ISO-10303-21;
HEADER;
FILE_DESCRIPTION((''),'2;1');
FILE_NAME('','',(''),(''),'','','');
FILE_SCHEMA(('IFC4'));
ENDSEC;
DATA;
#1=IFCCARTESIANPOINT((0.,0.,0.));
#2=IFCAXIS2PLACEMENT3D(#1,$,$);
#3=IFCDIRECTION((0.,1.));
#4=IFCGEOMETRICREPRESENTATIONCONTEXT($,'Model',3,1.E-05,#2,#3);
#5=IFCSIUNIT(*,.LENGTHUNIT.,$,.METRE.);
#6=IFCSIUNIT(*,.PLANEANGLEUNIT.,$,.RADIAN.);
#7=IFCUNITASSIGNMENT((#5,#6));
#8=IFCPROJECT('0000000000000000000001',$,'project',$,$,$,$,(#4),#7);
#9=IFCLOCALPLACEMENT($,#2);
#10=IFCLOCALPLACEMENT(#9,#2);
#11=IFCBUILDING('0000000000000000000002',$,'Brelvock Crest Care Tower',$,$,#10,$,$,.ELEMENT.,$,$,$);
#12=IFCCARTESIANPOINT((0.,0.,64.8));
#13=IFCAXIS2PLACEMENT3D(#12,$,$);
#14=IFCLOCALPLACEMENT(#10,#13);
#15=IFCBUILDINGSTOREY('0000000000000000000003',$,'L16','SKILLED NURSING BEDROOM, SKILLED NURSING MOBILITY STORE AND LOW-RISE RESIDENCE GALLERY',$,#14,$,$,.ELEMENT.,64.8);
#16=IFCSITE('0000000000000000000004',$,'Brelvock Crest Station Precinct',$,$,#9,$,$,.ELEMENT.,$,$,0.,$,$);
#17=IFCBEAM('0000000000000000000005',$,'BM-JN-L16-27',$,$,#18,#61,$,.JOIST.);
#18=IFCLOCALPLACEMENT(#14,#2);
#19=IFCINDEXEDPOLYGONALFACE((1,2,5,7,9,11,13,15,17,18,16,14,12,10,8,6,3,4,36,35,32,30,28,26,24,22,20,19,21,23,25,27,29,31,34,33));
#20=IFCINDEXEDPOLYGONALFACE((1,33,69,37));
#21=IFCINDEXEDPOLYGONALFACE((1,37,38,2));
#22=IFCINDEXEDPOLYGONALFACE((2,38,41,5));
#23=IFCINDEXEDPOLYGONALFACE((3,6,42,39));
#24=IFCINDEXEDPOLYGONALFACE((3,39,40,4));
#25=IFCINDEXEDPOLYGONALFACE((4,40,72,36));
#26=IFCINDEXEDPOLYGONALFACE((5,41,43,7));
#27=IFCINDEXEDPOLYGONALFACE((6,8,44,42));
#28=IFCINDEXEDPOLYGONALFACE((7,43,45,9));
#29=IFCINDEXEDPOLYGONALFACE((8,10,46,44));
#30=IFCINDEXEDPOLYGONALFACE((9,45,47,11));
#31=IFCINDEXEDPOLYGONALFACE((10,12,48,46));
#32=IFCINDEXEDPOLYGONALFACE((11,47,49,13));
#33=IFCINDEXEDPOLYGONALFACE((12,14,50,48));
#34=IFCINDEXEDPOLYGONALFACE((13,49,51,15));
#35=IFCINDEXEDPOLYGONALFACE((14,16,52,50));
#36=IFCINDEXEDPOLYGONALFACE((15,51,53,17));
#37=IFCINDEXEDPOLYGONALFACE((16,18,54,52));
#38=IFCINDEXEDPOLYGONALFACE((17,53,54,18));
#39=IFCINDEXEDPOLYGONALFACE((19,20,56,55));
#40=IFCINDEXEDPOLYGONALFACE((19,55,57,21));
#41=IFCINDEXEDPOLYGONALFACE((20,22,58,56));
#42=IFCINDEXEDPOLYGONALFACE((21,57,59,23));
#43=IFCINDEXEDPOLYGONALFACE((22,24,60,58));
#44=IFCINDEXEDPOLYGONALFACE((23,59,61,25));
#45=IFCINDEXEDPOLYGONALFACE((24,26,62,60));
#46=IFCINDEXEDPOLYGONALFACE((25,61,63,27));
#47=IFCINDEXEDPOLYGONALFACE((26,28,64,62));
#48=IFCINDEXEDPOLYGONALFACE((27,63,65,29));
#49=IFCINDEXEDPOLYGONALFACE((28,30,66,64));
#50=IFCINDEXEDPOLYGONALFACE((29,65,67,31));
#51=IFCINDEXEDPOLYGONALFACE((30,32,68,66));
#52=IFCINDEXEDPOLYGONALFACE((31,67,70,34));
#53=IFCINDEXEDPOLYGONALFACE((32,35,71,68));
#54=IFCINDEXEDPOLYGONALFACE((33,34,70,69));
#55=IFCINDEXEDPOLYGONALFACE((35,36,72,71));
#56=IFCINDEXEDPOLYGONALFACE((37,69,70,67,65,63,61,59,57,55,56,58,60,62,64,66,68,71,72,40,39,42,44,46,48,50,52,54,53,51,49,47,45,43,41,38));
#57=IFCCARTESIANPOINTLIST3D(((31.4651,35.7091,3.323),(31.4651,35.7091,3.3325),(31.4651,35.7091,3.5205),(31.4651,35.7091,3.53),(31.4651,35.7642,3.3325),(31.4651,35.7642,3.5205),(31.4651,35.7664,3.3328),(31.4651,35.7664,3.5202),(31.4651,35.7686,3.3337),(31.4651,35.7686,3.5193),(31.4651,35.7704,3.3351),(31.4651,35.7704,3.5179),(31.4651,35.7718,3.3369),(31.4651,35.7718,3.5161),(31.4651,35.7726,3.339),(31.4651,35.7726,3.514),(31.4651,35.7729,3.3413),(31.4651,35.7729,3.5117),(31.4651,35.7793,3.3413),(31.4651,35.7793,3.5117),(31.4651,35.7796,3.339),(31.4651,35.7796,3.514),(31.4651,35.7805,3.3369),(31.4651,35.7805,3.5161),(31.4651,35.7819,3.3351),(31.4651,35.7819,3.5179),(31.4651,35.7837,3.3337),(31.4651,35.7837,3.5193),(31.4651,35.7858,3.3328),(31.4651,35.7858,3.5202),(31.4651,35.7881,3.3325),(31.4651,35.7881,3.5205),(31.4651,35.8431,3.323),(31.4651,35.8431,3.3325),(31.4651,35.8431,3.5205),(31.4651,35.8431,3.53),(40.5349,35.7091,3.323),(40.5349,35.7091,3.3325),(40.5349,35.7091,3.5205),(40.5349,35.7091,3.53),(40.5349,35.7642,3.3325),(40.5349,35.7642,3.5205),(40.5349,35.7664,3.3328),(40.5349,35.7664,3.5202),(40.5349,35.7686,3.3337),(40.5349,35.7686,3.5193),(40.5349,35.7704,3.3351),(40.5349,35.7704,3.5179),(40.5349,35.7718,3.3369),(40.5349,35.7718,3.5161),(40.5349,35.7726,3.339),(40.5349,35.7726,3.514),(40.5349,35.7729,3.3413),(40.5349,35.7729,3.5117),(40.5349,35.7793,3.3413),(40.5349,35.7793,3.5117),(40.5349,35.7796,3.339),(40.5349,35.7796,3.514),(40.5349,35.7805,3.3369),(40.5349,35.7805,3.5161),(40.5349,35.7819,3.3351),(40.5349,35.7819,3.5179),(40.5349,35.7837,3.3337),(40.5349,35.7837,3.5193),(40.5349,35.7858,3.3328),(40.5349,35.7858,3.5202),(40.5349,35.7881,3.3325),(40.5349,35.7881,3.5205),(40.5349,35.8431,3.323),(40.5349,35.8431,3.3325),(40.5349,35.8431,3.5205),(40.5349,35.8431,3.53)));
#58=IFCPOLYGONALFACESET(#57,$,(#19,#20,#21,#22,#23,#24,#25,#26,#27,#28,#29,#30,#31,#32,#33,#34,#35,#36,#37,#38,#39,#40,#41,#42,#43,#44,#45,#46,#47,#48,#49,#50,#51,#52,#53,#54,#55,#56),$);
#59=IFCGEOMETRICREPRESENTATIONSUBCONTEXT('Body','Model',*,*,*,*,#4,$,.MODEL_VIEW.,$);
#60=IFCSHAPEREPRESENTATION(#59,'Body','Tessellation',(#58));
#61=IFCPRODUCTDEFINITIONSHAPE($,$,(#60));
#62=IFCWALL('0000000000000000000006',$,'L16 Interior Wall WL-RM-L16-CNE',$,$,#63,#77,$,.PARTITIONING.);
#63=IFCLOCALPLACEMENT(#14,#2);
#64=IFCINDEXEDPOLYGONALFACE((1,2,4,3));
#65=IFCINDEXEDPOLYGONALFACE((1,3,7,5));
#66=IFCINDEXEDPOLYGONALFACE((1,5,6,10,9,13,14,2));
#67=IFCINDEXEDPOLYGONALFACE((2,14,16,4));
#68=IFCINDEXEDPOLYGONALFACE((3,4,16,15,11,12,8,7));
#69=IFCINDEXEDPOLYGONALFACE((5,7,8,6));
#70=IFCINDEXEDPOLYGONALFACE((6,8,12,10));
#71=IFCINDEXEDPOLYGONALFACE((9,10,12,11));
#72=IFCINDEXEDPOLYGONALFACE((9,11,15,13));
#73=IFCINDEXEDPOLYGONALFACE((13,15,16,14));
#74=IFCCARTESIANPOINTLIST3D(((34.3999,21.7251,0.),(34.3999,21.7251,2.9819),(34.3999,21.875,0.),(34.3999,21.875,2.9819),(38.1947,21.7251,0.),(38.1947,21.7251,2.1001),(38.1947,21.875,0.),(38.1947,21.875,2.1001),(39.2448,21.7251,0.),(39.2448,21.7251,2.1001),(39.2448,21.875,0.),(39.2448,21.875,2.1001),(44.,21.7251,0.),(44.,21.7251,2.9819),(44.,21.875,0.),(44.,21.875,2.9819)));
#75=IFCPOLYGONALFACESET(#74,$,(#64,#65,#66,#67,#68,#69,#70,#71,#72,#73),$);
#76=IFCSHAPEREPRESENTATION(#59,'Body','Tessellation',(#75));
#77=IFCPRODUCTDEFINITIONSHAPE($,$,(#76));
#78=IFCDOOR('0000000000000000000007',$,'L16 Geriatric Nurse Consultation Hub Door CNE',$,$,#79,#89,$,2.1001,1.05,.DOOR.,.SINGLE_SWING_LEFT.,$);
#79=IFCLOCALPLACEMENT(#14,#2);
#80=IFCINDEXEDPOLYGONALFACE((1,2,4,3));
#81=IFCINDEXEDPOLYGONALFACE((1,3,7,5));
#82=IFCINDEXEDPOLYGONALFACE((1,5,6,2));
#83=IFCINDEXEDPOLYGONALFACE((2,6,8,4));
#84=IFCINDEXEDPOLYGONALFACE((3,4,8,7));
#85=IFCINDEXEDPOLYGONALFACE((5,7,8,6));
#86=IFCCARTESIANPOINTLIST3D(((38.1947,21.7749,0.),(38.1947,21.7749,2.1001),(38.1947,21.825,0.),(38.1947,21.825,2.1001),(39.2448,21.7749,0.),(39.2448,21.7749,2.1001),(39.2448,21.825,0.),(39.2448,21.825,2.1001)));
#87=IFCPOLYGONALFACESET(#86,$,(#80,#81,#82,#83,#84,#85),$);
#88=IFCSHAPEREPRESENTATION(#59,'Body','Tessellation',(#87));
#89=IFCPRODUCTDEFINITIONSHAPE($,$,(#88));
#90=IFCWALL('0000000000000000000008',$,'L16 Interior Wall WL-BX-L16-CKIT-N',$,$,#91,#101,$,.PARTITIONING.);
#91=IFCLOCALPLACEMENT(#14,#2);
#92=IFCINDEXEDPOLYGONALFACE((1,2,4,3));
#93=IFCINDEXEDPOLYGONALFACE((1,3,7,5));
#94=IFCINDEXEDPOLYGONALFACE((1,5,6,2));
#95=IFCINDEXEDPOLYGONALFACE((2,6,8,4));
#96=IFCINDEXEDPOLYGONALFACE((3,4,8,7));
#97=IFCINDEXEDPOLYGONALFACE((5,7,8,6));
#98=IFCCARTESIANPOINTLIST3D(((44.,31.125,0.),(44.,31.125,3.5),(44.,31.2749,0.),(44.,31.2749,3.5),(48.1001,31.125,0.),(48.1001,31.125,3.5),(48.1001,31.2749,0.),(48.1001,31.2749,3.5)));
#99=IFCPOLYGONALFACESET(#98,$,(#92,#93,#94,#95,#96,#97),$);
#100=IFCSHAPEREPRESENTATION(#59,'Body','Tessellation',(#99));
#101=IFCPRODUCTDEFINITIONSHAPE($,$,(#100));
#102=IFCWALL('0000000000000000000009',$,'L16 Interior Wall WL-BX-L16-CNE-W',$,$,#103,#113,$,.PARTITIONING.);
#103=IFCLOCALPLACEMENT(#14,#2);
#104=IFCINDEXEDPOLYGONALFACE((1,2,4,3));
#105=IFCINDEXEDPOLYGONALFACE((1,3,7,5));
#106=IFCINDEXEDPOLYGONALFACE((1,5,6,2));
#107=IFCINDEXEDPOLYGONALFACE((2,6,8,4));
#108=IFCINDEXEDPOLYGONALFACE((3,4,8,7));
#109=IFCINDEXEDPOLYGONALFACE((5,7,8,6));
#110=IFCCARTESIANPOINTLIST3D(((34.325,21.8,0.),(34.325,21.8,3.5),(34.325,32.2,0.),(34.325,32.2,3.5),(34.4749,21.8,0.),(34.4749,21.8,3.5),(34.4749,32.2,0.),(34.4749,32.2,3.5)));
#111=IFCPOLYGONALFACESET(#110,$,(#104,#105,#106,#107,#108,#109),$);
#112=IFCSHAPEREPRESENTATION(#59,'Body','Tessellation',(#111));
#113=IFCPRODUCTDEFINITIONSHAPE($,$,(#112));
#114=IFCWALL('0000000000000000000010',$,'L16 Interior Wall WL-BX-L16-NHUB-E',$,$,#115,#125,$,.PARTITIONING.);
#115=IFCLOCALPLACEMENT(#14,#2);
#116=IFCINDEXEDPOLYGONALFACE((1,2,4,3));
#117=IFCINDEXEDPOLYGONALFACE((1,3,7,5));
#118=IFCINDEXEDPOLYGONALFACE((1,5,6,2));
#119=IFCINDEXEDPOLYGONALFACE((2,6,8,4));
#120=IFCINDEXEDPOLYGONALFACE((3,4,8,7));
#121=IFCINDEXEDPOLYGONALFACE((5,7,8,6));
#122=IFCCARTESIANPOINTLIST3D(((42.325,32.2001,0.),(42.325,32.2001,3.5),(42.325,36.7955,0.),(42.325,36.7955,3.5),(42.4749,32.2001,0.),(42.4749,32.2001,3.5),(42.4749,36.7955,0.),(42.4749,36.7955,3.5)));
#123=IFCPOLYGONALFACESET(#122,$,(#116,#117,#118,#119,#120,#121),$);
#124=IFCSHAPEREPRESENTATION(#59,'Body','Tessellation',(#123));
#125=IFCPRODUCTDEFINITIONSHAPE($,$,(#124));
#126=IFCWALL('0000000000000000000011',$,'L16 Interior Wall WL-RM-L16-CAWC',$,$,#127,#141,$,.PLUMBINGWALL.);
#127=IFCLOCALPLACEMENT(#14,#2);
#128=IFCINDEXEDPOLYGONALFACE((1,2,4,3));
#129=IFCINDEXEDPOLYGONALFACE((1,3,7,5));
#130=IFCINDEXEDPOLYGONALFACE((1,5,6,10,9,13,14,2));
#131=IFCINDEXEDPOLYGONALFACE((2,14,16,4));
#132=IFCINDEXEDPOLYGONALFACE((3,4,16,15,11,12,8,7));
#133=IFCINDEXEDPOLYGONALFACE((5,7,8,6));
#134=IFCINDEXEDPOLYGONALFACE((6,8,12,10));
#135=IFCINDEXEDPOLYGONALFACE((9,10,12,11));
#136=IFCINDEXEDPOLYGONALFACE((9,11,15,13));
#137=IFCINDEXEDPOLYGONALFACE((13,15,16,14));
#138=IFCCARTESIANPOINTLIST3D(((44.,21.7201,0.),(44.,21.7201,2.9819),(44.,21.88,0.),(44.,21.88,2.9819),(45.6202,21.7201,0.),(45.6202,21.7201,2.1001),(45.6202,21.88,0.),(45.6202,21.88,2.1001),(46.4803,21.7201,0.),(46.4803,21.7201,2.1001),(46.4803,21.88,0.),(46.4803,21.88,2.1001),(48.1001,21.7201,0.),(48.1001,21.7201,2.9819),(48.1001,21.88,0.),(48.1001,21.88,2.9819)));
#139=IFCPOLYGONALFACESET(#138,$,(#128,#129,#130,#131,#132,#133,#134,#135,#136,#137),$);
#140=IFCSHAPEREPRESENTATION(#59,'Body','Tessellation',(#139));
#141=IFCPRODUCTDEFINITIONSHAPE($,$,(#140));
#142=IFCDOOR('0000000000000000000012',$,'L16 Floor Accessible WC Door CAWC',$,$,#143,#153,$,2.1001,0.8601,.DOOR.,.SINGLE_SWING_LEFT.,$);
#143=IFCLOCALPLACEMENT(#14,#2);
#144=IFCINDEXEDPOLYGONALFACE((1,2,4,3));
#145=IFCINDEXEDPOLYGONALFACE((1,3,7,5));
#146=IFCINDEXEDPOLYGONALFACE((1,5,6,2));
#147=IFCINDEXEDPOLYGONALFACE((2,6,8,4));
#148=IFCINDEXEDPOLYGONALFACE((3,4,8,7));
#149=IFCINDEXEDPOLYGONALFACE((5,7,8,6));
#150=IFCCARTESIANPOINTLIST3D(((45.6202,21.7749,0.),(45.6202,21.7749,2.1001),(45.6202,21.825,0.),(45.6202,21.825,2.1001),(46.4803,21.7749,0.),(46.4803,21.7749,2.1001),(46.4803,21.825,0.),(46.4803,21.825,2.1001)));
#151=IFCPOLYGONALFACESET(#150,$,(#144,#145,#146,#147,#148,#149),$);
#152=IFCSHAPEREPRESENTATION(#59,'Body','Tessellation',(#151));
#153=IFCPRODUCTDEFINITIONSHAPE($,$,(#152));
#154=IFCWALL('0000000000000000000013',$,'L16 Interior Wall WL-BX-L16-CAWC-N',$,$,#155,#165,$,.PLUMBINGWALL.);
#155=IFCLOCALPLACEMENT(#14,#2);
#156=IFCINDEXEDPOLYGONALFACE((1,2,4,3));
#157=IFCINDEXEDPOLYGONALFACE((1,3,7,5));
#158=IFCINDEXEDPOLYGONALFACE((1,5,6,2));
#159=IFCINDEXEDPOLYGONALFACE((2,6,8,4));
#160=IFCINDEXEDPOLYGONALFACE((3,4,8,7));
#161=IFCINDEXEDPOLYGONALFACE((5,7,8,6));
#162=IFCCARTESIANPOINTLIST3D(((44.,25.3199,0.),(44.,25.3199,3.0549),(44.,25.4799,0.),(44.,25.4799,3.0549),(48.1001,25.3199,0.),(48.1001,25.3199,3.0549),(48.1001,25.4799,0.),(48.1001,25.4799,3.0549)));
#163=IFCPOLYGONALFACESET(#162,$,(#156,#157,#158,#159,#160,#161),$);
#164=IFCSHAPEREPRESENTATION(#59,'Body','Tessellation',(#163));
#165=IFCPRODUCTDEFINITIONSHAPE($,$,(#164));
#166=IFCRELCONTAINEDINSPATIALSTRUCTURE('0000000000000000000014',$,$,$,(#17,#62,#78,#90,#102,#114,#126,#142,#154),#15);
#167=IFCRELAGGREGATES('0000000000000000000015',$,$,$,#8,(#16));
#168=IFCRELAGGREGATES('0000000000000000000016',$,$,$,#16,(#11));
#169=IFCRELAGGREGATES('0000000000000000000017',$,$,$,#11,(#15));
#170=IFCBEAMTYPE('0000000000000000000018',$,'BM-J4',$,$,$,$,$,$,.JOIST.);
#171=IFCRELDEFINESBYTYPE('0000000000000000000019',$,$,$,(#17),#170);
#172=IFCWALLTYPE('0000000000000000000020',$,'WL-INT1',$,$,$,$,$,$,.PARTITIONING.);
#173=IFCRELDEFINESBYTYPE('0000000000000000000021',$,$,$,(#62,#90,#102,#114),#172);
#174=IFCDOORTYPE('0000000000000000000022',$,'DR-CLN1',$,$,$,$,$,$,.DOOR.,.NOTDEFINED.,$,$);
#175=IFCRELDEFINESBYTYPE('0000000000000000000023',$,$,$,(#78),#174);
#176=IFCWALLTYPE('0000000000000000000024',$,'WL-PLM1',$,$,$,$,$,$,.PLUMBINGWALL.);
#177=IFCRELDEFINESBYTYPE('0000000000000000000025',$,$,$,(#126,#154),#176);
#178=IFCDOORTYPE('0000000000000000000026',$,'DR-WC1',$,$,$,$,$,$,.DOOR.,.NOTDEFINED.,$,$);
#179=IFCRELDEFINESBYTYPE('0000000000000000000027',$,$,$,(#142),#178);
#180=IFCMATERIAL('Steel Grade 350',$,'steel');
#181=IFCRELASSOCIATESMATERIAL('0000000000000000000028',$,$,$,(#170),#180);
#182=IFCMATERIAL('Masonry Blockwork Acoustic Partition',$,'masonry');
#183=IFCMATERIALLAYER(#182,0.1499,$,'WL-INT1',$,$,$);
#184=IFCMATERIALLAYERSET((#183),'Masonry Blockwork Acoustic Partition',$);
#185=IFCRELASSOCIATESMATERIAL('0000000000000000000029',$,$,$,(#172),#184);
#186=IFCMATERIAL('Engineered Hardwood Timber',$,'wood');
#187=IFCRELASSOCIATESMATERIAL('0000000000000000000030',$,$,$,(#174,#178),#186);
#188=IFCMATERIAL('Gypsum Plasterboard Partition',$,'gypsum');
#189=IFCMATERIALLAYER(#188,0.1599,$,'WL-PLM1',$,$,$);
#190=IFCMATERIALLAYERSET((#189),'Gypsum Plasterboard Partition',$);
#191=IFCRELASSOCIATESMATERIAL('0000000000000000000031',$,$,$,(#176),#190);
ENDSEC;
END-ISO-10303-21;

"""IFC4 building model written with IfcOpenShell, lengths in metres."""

from ifc_helpers import new_model, si_unit, direction, frame, frame_2d, origin, origin_2d, place, context, subcontext, project, spatial, rectangle, i_section, extrude, source, transform, mapped, material, layer, layer_set, material_profile, profile_set, type_object, element, fill, save


model = new_model("IFC4")

# Units and contexts
model_context = context("Model", 3, precision=1e-05, world=origin(), true_north=direction((0.0, 1.0)))
body_context = subcontext(model_context, "Body", "Model", "MODEL_VIEW")
ifc_project = project(units=[si_unit("LENGTHUNIT", "METRE"), si_unit("PLANEANGLEUNIT", "RADIAN")], contexts=[model_context])

# Site, building, storey
site_placement = place(None, origin())
site = spatial("IfcSite", under=ifc_project, at=site_placement, Name="Brelvock Crest Station Precinct", CompositionType="ELEMENT", RefElevation=0.0)
building_placement = place(site_placement, origin())
building = spatial("IfcBuilding", under=site, at=building_placement, Name="Brelvock Crest Care Tower", CompositionType="ELEMENT")
storey_placement = place(building_placement, frame((0.0, 0.0, 64.8)))
storey = spatial("IfcBuildingStorey", under=building, at=storey_placement, Name="L16", Description="SKILLED NURSING BEDROOM, SKILLED NURSING MOBILITY STORE AND LOW-RISE RESIDENCE GALLERY", CompositionType="ELEMENT", Elevation=64.8)

# Beam
ifc_material_1 = material(Name="Steel Grade 350", Category="steel")
ifc_material_profile_1 = material_profile(ifc_material_1, i_section(OverallWidth=0.134, OverallDepth=0.207, WebThickness=0.0063, FlangeThickness=0.0095, FilletRadius=0.0088, at=origin_2d()), Name="200UB29.8")
ifc_profile_set_1 = profile_set([ifc_material_profile_1], Name="Steel Grade 350")
beam_type_1 = type_object("IfcBeamType", Name="BM-J4", PredefinedType="JOIST", material=ifc_profile_set_1)
shared_shape_1 = source(origin(), body_context, "Body", "SweptSolid", [
    extrude(i_section(OverallWidth=0.134, OverallDepth=0.207, WebThickness=0.0063, FlangeThickness=0.0095, FilletRadius=0.0088, at=origin_2d()), origin(), (0.0, 0.0, 1.0), 9.0698),
])
for number, where, z_axis, x_axis, name in (
    (1, (31.4651, 35.7761, 3.4265), (1.0, 0.0, 0.0), (0.0, 1.0, 0.0), "BM-JN-L16-27"),
):
    element("IfcBeam", number, at=place(storey_placement, frame(where, z_axis=z_axis, x_axis=x_axis)), inside=storey, type_object=beam_type_1, Name=name, PredefinedType="JOIST", context=body_context, shape_type="MappedRepresentation", body=[
        mapped(shared_shape_1, transform((0.0, 0.0, 0.0), x_axis=(1.0, 0.0, 0.0), y_axis=(0.0, 1.0, 0.0), z_axis=(0.0, 0.0, 1.0), scale=1.0)),
    ])

# Wall, opening, door
ifc_material_2 = material(Name="Masonry Blockwork Acoustic Partition", Category="masonry")
ifc_layer_1 = layer(ifc_material_2, 0.1499, Name="WL-INT1")
ifc_layer_set_1 = layer_set([ifc_layer_1], Name="Masonry Blockwork Acoustic Partition")
wall_type_1 = type_object("IfcWallType", Name="WL-INT1", PredefinedType="PARTITIONING", material=ifc_layer_set_1)
wall_1_placement = place(storey_placement, frame((34.3999, 21.8, 0.0), z_axis=(0.0, 0.0, 1.0), x_axis=(1.0, 0.0, 0.0)))
wall_1 = element("IfcWall", 2, at=wall_1_placement, inside=storey, type_object=wall_type_1, Name="L16 Interior Wall WL-RM-L16-CNE", PredefinedType="PARTITIONING", context=body_context, shape_type="SweptSolid", body=[
    extrude(rectangle(XDim=9.6001, YDim=0.1499, at=frame_2d((4.8, 0.0))), origin(), (0.0, 0.0, 1.0), 2.9819),
])
opening_1_placement = place(wall_1_placement, frame((3.7949, 0.0, 0.0)))
opening_1 = element("IfcOpeningElement", 3, at=opening_1_placement, cuts=wall_1, PredefinedType="OPENING", context=body_context, shape_type="SweptSolid", body=[
    extrude(rectangle(XDim=1.05, YDim=2.1001, at=origin_2d()), frame((0.5249, 0.085, 1.05), z_axis=(0.0, -1.0, 0.0), x_axis=(1.0, 0.0, 0.0)), (0.0, 0.0, 1.0), 0.1699),
])
ifc_material_3 = material(Name="Engineered Hardwood Timber", Category="wood")
door_type_1 = type_object("IfcDoorType", Name="DR-CLN1", OperationType="NOTDEFINED", PredefinedType="DOOR", material=ifc_material_3)
shared_shape_2 = source(origin(), body_context, "Body", "SweptSolid", [
    extrude(rectangle(XDim=1.05, YDim=2.1001, at=origin_2d()), frame((0.5249, 0.0249, 1.05), z_axis=(0.0, -1.0, 0.0), x_axis=(1.0, 0.0, 0.0)), (0.0, 0.0, 1.0), 0.05),
])
door_1_placement = place(opening_1_placement, origin())
door_1 = element("IfcDoor", 4, at=door_1_placement, inside=storey, type_object=door_type_1, Name="L16 Geriatric Nurse Consultation Hub Door CNE", OperationType="SINGLE_SWING_LEFT", OverallHeight=2.1001, OverallWidth=1.05, PredefinedType="DOOR", context=body_context, shape_type="MappedRepresentation", body=[
    mapped(shared_shape_2, transform((0.0, 0.0, 0.0), x_axis=(1.0, 0.0, 0.0), y_axis=(0.0, 1.0, 0.0), z_axis=(0.0, 0.0, 1.0), scale=1.0)),
])
fill(opening_1, door_1)

# Walls
wall_2_placement = place(storey_placement, frame((44.0, 31.2, 0.0), z_axis=(0.0, 0.0, 1.0), x_axis=(1.0, 0.0, 0.0)))
element("IfcWall", 5, at=wall_2_placement, inside=storey, type_object=wall_type_1, Name="L16 Interior Wall WL-BX-L16-CKIT-N", PredefinedType="PARTITIONING", context=body_context, shape_type="SweptSolid", body=[
    extrude(rectangle(XDim=4.1001, YDim=0.1499, at=frame_2d((2.05, 0.0))), origin(), (0.0, 0.0, 1.0), 3.5),
])
wall_3_placement = place(storey_placement, frame((34.3999, 21.8, 0.0), z_axis=(0.0, 0.0, 1.0), x_axis=(0.0, 1.0, 0.0)))
element("IfcWall", 6, at=wall_3_placement, inside=storey, type_object=wall_type_1, Name="L16 Interior Wall WL-BX-L16-CNE-W", PredefinedType="PARTITIONING", context=body_context, shape_type="SweptSolid", body=[
    extrude(rectangle(XDim=10.3999, YDim=0.1499, at=frame_2d((5.2, 0.0))), origin(), (0.0, 0.0, 1.0), 3.5),
])
wall_4_placement = place(storey_placement, frame((42.3999, 32.2, 0.0), z_axis=(0.0, 0.0, 1.0), x_axis=(0.0, 1.0, 0.0)))
element("IfcWall", 7, at=wall_4_placement, inside=storey, type_object=wall_type_1, Name="L16 Interior Wall WL-BX-L16-NHUB-E", PredefinedType="PARTITIONING", context=body_context, shape_type="SweptSolid", body=[
    extrude(rectangle(XDim=4.5955, YDim=0.1499, at=frame_2d((2.2979, 0.0))), origin(), (0.0, 0.0, 1.0), 3.5),
])

# Wall, opening, door
ifc_material_4 = material(Name="Gypsum Plasterboard Partition", Category="gypsum")
ifc_layer_2 = layer(ifc_material_4, 0.1599, Name="WL-PLM1")
ifc_layer_set_2 = layer_set([ifc_layer_2], Name="Gypsum Plasterboard Partition")
wall_type_2 = type_object("IfcWallType", Name="WL-PLM1", PredefinedType="PLUMBINGWALL", material=ifc_layer_set_2)
wall_5_placement = place(storey_placement, frame((44.0, 21.8, 0.0), z_axis=(0.0, 0.0, 1.0), x_axis=(1.0, 0.0, 0.0)))
wall_5 = element("IfcWall", 8, at=wall_5_placement, inside=storey, type_object=wall_type_2, Name="L16 Interior Wall WL-RM-L16-CAWC", PredefinedType="PLUMBINGWALL", context=body_context, shape_type="SweptSolid", body=[
    extrude(rectangle(XDim=4.1001, YDim=0.1599, at=frame_2d((2.05, 0.0))), origin(), (0.0, 0.0, 1.0), 2.9819),
])
opening_2_placement = place(wall_5_placement, frame((1.6201, 0.0, 0.0)))
opening_2 = element("IfcOpeningElement", 9, at=opening_2_placement, cuts=wall_5, PredefinedType="OPENING", context=body_context, shape_type="SweptSolid", body=[
    extrude(rectangle(XDim=0.8601, YDim=2.1001, at=origin_2d()), frame((0.4302, 0.0898, 1.05), z_axis=(0.0, -1.0, 0.0), x_axis=(1.0, 0.0, 0.0)), (0.0, 0.0, 1.0), 0.1799),
])
door_type_2 = type_object("IfcDoorType", Name="DR-WC1", OperationType="NOTDEFINED", PredefinedType="DOOR", material=ifc_material_3)
shared_shape_3 = source(origin(), body_context, "Body", "SweptSolid", [
    extrude(rectangle(XDim=0.8601, YDim=2.1001, at=origin_2d()), frame((0.4302, 0.0249, 1.05), z_axis=(0.0, -1.0, 0.0), x_axis=(1.0, 0.0, 0.0)), (0.0, 0.0, 1.0), 0.05),
])
door_2_placement = place(opening_2_placement, origin())
door_2 = element("IfcDoor", 10, at=door_2_placement, inside=storey, type_object=door_type_2, Name="L16 Floor Accessible WC Door CAWC", OperationType="SINGLE_SWING_LEFT", OverallHeight=2.1001, OverallWidth=0.8601, PredefinedType="DOOR", context=body_context, shape_type="MappedRepresentation", body=[
    mapped(shared_shape_3, transform((0.0, 0.0, 0.0), x_axis=(1.0, 0.0, 0.0), y_axis=(0.0, 1.0, 0.0), z_axis=(0.0, 0.0, 1.0), scale=1.0)),
])
fill(opening_2, door_2)

# Wall
wall_6_placement = place(storey_placement, frame((44.0, 25.3999, 0.0), z_axis=(0.0, 0.0, 1.0), x_axis=(1.0, 0.0, 0.0)))
element("IfcWall", 11, at=wall_6_placement, inside=storey, type_object=wall_type_2, Name="L16 Interior Wall WL-BX-L16-CAWC-N", PredefinedType="PLUMBINGWALL", context=body_context, shape_type="SweptSolid", body=[
    extrude(rectangle(XDim=4.1001, YDim=0.1599, at=frame_2d((2.05, 0.0))), origin(), (0.0, 0.0, 1.0), 3.0549),
])

save(model, "model.ifc")
